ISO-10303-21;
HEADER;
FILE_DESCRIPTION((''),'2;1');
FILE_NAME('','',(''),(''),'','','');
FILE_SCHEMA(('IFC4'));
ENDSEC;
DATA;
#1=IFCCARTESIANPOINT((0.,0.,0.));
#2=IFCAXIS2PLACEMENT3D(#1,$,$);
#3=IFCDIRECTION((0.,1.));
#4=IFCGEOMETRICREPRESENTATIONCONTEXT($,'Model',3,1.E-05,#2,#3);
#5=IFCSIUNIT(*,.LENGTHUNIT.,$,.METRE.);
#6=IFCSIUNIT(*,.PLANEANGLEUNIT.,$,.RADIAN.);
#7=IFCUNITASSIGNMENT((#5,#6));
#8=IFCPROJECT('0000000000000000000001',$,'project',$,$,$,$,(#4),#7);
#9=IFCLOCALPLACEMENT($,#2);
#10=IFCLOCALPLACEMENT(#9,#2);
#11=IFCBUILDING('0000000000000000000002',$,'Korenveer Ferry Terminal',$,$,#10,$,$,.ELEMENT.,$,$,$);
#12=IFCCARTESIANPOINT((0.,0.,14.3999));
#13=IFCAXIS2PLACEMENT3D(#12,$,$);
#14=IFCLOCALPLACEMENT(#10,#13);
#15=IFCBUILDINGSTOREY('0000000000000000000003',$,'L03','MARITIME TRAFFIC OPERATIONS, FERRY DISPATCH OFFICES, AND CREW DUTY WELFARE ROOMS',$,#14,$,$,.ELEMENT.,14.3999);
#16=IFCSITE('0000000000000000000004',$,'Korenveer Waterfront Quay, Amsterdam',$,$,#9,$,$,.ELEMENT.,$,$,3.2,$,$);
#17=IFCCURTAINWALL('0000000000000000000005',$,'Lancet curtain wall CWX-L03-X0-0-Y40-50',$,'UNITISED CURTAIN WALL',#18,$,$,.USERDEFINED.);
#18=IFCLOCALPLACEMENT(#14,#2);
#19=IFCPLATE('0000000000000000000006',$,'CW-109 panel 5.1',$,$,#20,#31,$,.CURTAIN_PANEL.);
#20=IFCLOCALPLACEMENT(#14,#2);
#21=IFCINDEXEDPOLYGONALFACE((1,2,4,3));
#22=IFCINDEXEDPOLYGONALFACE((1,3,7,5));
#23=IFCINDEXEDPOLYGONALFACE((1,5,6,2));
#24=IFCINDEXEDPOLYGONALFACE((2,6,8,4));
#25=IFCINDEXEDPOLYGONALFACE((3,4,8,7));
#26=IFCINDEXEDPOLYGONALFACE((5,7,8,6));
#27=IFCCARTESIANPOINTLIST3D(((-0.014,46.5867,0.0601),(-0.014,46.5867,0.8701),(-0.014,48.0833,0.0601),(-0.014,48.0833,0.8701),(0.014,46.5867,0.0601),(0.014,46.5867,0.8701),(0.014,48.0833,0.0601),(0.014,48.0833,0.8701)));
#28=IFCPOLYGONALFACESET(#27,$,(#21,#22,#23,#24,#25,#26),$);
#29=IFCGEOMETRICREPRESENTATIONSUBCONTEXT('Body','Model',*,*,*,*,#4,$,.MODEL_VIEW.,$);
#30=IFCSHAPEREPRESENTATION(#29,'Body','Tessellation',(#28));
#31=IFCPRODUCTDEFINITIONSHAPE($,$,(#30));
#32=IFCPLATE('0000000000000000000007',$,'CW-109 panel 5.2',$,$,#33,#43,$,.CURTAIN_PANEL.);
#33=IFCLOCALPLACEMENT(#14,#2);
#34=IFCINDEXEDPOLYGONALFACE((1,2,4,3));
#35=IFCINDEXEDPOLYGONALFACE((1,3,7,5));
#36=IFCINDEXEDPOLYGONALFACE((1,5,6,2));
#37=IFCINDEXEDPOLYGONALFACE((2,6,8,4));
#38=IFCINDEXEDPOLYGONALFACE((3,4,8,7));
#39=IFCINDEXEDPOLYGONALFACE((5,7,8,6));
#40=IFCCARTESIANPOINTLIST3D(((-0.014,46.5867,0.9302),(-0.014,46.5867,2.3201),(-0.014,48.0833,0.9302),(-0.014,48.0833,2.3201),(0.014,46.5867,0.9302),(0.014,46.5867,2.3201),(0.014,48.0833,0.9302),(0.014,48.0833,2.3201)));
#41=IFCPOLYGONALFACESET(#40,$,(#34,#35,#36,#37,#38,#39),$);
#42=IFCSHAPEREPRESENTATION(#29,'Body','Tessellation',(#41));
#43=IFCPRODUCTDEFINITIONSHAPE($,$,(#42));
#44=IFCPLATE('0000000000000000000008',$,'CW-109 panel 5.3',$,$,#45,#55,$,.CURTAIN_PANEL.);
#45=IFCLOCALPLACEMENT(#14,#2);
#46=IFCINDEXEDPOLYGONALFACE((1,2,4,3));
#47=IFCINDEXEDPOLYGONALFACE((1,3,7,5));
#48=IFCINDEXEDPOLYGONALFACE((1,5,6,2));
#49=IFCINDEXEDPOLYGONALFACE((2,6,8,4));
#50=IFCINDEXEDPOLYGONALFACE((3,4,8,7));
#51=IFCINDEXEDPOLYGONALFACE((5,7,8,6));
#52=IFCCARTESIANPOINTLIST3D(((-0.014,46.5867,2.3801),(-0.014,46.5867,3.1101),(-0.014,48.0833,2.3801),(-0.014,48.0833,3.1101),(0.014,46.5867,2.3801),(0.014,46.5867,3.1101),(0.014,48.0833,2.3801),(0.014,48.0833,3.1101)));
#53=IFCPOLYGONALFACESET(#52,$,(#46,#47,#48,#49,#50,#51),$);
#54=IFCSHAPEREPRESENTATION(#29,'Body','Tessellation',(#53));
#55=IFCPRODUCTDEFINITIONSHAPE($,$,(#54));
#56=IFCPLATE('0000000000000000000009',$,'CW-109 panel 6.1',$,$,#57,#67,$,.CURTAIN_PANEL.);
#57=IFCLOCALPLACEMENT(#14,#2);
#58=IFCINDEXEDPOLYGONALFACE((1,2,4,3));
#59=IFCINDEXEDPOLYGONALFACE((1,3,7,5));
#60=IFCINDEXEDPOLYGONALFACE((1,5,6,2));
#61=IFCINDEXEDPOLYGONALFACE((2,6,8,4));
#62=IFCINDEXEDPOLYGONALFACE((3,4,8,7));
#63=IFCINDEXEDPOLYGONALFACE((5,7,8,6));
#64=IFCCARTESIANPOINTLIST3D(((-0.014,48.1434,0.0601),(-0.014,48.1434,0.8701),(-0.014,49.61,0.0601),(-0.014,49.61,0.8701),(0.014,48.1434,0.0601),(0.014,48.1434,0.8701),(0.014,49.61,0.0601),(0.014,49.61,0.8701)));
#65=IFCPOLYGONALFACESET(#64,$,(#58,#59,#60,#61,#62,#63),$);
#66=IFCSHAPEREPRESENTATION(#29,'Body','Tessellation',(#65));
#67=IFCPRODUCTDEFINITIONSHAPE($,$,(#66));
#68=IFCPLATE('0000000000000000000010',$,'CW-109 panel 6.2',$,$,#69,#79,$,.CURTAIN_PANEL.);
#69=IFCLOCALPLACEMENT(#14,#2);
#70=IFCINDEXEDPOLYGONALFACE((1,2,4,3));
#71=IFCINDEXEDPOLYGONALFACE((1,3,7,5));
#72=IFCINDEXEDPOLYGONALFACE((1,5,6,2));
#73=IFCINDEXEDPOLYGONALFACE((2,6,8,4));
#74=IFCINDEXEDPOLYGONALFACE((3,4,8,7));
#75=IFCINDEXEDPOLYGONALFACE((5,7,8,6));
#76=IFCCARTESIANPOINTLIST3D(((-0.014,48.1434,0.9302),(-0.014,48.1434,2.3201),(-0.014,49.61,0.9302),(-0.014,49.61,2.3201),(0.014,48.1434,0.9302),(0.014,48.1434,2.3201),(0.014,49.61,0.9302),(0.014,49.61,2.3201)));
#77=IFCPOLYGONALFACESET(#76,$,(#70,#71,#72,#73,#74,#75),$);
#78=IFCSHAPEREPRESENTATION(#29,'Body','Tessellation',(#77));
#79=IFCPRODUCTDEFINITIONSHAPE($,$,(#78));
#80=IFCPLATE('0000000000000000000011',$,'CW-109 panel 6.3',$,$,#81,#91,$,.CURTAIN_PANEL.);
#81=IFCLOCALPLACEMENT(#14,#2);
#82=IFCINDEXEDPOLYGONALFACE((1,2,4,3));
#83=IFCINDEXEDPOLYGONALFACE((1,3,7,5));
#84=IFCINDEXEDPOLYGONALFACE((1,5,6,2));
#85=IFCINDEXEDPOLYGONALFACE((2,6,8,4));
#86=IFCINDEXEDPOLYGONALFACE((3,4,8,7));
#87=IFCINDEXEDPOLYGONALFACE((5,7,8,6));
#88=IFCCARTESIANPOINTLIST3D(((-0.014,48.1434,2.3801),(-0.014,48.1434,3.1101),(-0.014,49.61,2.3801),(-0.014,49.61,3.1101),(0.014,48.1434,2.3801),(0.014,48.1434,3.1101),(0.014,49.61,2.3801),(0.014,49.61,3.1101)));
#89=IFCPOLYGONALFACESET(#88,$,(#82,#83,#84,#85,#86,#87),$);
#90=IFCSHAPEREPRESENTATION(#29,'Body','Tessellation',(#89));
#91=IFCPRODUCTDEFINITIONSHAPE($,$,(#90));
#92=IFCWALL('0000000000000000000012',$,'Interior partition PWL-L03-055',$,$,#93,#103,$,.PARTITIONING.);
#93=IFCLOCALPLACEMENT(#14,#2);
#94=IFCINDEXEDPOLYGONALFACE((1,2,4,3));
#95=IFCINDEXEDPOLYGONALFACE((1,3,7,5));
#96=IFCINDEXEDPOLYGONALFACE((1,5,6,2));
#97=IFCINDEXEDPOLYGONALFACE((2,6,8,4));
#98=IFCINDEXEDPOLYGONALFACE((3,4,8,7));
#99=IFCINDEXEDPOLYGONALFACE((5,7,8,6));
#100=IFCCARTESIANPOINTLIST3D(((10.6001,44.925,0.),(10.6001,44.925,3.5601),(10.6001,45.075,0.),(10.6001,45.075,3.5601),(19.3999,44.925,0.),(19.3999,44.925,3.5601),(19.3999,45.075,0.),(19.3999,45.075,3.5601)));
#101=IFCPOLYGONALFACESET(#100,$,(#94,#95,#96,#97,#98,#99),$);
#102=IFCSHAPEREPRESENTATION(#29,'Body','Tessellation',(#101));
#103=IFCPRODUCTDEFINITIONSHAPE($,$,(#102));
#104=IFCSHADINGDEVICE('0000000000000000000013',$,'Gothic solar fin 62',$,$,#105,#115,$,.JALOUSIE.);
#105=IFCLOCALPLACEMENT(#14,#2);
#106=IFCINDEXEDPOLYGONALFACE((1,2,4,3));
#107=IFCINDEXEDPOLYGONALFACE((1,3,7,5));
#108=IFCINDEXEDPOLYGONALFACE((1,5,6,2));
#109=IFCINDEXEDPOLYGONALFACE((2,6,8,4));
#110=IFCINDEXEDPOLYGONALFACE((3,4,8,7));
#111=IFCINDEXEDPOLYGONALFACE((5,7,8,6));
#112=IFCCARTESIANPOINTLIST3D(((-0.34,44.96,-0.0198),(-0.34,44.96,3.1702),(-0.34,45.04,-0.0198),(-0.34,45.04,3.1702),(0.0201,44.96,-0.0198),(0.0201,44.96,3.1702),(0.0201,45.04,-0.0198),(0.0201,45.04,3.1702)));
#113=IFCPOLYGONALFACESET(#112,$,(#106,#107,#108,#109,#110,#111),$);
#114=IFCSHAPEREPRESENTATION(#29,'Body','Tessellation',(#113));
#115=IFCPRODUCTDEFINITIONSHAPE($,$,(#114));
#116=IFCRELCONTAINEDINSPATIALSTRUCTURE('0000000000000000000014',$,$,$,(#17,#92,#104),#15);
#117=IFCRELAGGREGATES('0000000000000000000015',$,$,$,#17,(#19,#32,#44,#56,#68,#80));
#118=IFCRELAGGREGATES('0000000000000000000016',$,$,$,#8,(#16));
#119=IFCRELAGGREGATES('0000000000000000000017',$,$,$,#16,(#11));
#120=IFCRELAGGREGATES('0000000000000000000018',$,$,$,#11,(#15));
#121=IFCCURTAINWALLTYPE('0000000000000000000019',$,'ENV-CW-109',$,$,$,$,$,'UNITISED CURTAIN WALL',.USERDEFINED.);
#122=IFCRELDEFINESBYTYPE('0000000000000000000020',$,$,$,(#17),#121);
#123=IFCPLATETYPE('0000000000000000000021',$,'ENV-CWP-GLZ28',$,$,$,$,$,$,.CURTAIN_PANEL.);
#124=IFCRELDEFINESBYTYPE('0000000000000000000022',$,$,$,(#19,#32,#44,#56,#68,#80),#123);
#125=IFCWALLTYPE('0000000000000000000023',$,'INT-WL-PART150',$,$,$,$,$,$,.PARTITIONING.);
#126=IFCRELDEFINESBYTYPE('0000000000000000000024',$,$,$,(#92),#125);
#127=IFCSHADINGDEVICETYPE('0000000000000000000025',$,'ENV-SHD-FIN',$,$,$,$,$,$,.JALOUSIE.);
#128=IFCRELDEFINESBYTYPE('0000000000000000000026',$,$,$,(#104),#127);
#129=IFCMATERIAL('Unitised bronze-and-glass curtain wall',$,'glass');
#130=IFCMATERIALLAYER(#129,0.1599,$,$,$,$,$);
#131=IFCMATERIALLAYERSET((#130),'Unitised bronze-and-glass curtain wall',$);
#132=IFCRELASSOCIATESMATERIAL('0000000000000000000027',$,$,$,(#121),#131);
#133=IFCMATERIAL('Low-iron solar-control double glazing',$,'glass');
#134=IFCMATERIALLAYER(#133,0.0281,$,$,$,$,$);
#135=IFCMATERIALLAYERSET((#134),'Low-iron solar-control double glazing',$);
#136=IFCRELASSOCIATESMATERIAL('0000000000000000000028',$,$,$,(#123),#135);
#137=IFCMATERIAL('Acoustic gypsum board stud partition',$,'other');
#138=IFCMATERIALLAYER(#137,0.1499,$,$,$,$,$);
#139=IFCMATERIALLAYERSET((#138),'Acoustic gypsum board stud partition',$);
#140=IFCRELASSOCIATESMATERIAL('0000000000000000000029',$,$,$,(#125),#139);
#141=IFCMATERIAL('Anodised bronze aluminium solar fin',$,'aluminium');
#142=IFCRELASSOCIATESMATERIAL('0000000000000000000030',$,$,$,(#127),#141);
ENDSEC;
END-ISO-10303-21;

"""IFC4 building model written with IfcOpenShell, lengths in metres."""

from ifc_helpers import new_model, si_unit, direction, frame, frame_2d, origin, origin_2d, place, context, subcontext, project, spatial, rectangle, extrude, material, layer, layer_set, type_object, element, aggregate, save


model = new_model("IFC4")

# Units and contexts
model_context = context("Model", 3, precision=1e-05, world=origin(), true_north=direction((0.0, 1.0)))
body_context = subcontext(model_context, "Body", "Model", "MODEL_VIEW")
ifc_project = project(units=[si_unit("LENGTHUNIT", "METRE"), si_unit("PLANEANGLEUNIT", "RADIAN")], contexts=[model_context])

# Site, building, storey
site_placement = place(None, origin())
site = spatial("IfcSite", under=ifc_project, at=site_placement, Name="Korenveer Waterfront Quay, Amsterdam", CompositionType="ELEMENT", RefElevation=3.2)
building_placement = place(site_placement, origin())
building = spatial("IfcBuilding", under=site, at=building_placement, Name="Korenveer Ferry Terminal", CompositionType="ELEMENT")
storey_placement = place(building_placement, frame((0.0, 0.0, 14.3999)))
storey = spatial("IfcBuildingStorey", under=building, at=storey_placement, Name="L03", Description="MARITIME TRAFFIC OPERATIONS, FERRY DISPATCH OFFICES, AND CREW DUTY WELFARE ROOMS", CompositionType="ELEMENT", Elevation=14.3999)

# Curtain wall
ifc_material_1 = material(Name="Unitised bronze-and-glass curtain wall", Category="glass")
ifc_layer_1 = layer(ifc_material_1, 0.1599)
ifc_layer_set_1 = layer_set([ifc_layer_1], Name="Unitised bronze-and-glass curtain wall")
curtain_wall_type = type_object("IfcCurtainWallType", Name="ENV-CW-109", ElementType="UNITISED CURTAIN WALL", PredefinedType="USERDEFINED", material=ifc_layer_set_1)
curtain_wall_placement = place(storey_placement, frame((0.0, 40.3301, 0.0)))
curtain_wall = element("IfcCurtainWall", 1, at=curtain_wall_placement, inside=storey, type_object=curtain_wall_type, Name="Lancet curtain wall CWX-L03-X0-0-Y40-50", ObjectType="UNITISED CURTAIN WALL", PredefinedType="USERDEFINED")

# Plates
ifc_material_2 = material(Name="Low-iron solar-control double glazing", Category="glass")
ifc_layer_2 = layer(ifc_material_2, 0.0281)
ifc_layer_set_2 = layer_set([ifc_layer_2], Name="Low-iron solar-control double glazing")
plate_type = type_object("IfcPlateType", Name="ENV-CWP-GLZ28", PredefinedType="CURTAIN_PANEL", material=ifc_layer_set_2)
plate_1_placement = place(storey_placement, frame((0.0, 47.335, 0.0601), z_axis=(0.0, 0.0, 1.0), x_axis=(0.0, 1.0, 0.0)))
plate_1 = element("IfcPlate", 2, at=plate_1_placement, type_object=plate_type, Name="CW-109 panel 5.1", PredefinedType="CURTAIN_PANEL", context=body_context, shape_type="SweptSolid", body=[
    extrude(rectangle(XDim=1.4966, YDim=0.0281, at=origin_2d()), origin(), (0.0, 0.0, 1.0), 0.8101),
])
plate_2_placement = place(storey_placement, frame((0.0, 47.335, 0.9302), z_axis=(0.0, 0.0, 1.0), x_axis=(0.0, 1.0, 0.0)))
plate_2 = element("IfcPlate", 3, at=plate_2_placement, type_object=plate_type, Name="CW-109 panel 5.2", PredefinedType="CURTAIN_PANEL", context=body_context, shape_type="SweptSolid", body=[
    extrude(rectangle(XDim=1.4966, YDim=0.0281, at=origin_2d()), origin(), (0.0, 0.0, 1.0), 1.3899),
])
plate_3_placement = place(storey_placement, frame((0.0, 47.335, 2.3801), z_axis=(0.0, 0.0, 1.0), x_axis=(0.0, 1.0, 0.0)))
plate_3 = element("IfcPlate", 4, at=plate_3_placement, type_object=plate_type, Name="CW-109 panel 5.3", PredefinedType="CURTAIN_PANEL", context=body_context, shape_type="SweptSolid", body=[
    extrude(rectangle(XDim=1.4966, YDim=0.0281, at=origin_2d()), origin(), (0.0, 0.0, 1.0), 0.73),
])
plate_4_placement = place(storey_placement, frame((0.0, 48.8767, 0.0601), z_axis=(0.0, 0.0, 1.0), x_axis=(0.0, 1.0, 0.0)))
plate_4 = element("IfcPlate", 5, at=plate_4_placement, type_object=plate_type, Name="CW-109 panel 6.1", PredefinedType="CURTAIN_PANEL", context=body_context, shape_type="SweptSolid", body=[
    extrude(rectangle(XDim=1.4666, YDim=0.0281, at=origin_2d()), origin(), (0.0, 0.0, 1.0), 0.8101),
])
plate_5_placement = place(storey_placement, frame((0.0, 48.8767, 0.9302), z_axis=(0.0, 0.0, 1.0), x_axis=(0.0, 1.0, 0.0)))
plate_5 = element("IfcPlate", 6, at=plate_5_placement, type_object=plate_type, Name="CW-109 panel 6.2", PredefinedType="CURTAIN_PANEL", context=body_context, shape_type="SweptSolid", body=[
    extrude(rectangle(XDim=1.4666, YDim=0.0281, at=origin_2d()), origin(), (0.0, 0.0, 1.0), 1.3899),
])
plate_6_placement = place(storey_placement, frame((0.0, 48.8767, 2.3801), z_axis=(0.0, 0.0, 1.0), x_axis=(0.0, 1.0, 0.0)))
plate_6 = element("IfcPlate", 7, at=plate_6_placement, type_object=plate_type, Name="CW-109 panel 6.3", PredefinedType="CURTAIN_PANEL", context=body_context, shape_type="SweptSolid", body=[
    extrude(rectangle(XDim=1.4666, YDim=0.0281, at=origin_2d()), origin(), (0.0, 0.0, 1.0), 0.73),
])
aggregate(curtain_wall, [plate_1, plate_2, plate_3, plate_4, plate_5, plate_6])

# Wall
ifc_material_3 = material(Name="Acoustic gypsum board stud partition", Category="other")
ifc_layer_3 = layer(ifc_material_3, 0.1499)
ifc_layer_set_3 = layer_set([ifc_layer_3], Name="Acoustic gypsum board stud partition")
wall_type = type_object("IfcWallType", Name="INT-WL-PART150", PredefinedType="PARTITIONING", material=ifc_layer_set_3)
wall_placement = place(storey_placement, frame((10.6001, 45.0, 0.0), z_axis=(0.0, 0.0, 1.0), x_axis=(1.0, 0.0, 0.0)))
element("IfcWall", 8, at=wall_placement, inside=storey, type_object=wall_type, Name="Interior partition PWL-L03-055", PredefinedType="PARTITIONING", context=body_context, shape_type="SweptSolid", body=[
    extrude(rectangle(XDim=8.7998, YDim=0.1499, at=frame_2d((4.3999, 0.0))), origin(), (0.0, 0.0, 1.0), 3.5601),
])

# Shading device
ifc_material_4 = material(Name="Anodised bronze aluminium solar fin", Category="aluminium")
shading_device_type = type_object("IfcShadingDeviceType", Name="ENV-SHD-FIN", PredefinedType="JALOUSIE", material=ifc_material_4)
shading_device_placement = place(storey_placement, frame((-0.1599, 45.0, -0.0198), z_axis=(0.0, 0.0, 1.0), x_axis=(1.0, 0.0, 0.0)))
element("IfcShadingDevice", 9, at=shading_device_placement, inside=storey, type_object=shading_device_type, Name="Gothic solar fin 62", PredefinedType="JALOUSIE", context=body_context, shape_type="SweptSolid", body=[
    extrude(rectangle(XDim=0.3601, YDim=0.0801, at=origin_2d()), origin(), (0.0, 0.0, 1.0), 3.1899),
])

save(model, "model.ifc")
